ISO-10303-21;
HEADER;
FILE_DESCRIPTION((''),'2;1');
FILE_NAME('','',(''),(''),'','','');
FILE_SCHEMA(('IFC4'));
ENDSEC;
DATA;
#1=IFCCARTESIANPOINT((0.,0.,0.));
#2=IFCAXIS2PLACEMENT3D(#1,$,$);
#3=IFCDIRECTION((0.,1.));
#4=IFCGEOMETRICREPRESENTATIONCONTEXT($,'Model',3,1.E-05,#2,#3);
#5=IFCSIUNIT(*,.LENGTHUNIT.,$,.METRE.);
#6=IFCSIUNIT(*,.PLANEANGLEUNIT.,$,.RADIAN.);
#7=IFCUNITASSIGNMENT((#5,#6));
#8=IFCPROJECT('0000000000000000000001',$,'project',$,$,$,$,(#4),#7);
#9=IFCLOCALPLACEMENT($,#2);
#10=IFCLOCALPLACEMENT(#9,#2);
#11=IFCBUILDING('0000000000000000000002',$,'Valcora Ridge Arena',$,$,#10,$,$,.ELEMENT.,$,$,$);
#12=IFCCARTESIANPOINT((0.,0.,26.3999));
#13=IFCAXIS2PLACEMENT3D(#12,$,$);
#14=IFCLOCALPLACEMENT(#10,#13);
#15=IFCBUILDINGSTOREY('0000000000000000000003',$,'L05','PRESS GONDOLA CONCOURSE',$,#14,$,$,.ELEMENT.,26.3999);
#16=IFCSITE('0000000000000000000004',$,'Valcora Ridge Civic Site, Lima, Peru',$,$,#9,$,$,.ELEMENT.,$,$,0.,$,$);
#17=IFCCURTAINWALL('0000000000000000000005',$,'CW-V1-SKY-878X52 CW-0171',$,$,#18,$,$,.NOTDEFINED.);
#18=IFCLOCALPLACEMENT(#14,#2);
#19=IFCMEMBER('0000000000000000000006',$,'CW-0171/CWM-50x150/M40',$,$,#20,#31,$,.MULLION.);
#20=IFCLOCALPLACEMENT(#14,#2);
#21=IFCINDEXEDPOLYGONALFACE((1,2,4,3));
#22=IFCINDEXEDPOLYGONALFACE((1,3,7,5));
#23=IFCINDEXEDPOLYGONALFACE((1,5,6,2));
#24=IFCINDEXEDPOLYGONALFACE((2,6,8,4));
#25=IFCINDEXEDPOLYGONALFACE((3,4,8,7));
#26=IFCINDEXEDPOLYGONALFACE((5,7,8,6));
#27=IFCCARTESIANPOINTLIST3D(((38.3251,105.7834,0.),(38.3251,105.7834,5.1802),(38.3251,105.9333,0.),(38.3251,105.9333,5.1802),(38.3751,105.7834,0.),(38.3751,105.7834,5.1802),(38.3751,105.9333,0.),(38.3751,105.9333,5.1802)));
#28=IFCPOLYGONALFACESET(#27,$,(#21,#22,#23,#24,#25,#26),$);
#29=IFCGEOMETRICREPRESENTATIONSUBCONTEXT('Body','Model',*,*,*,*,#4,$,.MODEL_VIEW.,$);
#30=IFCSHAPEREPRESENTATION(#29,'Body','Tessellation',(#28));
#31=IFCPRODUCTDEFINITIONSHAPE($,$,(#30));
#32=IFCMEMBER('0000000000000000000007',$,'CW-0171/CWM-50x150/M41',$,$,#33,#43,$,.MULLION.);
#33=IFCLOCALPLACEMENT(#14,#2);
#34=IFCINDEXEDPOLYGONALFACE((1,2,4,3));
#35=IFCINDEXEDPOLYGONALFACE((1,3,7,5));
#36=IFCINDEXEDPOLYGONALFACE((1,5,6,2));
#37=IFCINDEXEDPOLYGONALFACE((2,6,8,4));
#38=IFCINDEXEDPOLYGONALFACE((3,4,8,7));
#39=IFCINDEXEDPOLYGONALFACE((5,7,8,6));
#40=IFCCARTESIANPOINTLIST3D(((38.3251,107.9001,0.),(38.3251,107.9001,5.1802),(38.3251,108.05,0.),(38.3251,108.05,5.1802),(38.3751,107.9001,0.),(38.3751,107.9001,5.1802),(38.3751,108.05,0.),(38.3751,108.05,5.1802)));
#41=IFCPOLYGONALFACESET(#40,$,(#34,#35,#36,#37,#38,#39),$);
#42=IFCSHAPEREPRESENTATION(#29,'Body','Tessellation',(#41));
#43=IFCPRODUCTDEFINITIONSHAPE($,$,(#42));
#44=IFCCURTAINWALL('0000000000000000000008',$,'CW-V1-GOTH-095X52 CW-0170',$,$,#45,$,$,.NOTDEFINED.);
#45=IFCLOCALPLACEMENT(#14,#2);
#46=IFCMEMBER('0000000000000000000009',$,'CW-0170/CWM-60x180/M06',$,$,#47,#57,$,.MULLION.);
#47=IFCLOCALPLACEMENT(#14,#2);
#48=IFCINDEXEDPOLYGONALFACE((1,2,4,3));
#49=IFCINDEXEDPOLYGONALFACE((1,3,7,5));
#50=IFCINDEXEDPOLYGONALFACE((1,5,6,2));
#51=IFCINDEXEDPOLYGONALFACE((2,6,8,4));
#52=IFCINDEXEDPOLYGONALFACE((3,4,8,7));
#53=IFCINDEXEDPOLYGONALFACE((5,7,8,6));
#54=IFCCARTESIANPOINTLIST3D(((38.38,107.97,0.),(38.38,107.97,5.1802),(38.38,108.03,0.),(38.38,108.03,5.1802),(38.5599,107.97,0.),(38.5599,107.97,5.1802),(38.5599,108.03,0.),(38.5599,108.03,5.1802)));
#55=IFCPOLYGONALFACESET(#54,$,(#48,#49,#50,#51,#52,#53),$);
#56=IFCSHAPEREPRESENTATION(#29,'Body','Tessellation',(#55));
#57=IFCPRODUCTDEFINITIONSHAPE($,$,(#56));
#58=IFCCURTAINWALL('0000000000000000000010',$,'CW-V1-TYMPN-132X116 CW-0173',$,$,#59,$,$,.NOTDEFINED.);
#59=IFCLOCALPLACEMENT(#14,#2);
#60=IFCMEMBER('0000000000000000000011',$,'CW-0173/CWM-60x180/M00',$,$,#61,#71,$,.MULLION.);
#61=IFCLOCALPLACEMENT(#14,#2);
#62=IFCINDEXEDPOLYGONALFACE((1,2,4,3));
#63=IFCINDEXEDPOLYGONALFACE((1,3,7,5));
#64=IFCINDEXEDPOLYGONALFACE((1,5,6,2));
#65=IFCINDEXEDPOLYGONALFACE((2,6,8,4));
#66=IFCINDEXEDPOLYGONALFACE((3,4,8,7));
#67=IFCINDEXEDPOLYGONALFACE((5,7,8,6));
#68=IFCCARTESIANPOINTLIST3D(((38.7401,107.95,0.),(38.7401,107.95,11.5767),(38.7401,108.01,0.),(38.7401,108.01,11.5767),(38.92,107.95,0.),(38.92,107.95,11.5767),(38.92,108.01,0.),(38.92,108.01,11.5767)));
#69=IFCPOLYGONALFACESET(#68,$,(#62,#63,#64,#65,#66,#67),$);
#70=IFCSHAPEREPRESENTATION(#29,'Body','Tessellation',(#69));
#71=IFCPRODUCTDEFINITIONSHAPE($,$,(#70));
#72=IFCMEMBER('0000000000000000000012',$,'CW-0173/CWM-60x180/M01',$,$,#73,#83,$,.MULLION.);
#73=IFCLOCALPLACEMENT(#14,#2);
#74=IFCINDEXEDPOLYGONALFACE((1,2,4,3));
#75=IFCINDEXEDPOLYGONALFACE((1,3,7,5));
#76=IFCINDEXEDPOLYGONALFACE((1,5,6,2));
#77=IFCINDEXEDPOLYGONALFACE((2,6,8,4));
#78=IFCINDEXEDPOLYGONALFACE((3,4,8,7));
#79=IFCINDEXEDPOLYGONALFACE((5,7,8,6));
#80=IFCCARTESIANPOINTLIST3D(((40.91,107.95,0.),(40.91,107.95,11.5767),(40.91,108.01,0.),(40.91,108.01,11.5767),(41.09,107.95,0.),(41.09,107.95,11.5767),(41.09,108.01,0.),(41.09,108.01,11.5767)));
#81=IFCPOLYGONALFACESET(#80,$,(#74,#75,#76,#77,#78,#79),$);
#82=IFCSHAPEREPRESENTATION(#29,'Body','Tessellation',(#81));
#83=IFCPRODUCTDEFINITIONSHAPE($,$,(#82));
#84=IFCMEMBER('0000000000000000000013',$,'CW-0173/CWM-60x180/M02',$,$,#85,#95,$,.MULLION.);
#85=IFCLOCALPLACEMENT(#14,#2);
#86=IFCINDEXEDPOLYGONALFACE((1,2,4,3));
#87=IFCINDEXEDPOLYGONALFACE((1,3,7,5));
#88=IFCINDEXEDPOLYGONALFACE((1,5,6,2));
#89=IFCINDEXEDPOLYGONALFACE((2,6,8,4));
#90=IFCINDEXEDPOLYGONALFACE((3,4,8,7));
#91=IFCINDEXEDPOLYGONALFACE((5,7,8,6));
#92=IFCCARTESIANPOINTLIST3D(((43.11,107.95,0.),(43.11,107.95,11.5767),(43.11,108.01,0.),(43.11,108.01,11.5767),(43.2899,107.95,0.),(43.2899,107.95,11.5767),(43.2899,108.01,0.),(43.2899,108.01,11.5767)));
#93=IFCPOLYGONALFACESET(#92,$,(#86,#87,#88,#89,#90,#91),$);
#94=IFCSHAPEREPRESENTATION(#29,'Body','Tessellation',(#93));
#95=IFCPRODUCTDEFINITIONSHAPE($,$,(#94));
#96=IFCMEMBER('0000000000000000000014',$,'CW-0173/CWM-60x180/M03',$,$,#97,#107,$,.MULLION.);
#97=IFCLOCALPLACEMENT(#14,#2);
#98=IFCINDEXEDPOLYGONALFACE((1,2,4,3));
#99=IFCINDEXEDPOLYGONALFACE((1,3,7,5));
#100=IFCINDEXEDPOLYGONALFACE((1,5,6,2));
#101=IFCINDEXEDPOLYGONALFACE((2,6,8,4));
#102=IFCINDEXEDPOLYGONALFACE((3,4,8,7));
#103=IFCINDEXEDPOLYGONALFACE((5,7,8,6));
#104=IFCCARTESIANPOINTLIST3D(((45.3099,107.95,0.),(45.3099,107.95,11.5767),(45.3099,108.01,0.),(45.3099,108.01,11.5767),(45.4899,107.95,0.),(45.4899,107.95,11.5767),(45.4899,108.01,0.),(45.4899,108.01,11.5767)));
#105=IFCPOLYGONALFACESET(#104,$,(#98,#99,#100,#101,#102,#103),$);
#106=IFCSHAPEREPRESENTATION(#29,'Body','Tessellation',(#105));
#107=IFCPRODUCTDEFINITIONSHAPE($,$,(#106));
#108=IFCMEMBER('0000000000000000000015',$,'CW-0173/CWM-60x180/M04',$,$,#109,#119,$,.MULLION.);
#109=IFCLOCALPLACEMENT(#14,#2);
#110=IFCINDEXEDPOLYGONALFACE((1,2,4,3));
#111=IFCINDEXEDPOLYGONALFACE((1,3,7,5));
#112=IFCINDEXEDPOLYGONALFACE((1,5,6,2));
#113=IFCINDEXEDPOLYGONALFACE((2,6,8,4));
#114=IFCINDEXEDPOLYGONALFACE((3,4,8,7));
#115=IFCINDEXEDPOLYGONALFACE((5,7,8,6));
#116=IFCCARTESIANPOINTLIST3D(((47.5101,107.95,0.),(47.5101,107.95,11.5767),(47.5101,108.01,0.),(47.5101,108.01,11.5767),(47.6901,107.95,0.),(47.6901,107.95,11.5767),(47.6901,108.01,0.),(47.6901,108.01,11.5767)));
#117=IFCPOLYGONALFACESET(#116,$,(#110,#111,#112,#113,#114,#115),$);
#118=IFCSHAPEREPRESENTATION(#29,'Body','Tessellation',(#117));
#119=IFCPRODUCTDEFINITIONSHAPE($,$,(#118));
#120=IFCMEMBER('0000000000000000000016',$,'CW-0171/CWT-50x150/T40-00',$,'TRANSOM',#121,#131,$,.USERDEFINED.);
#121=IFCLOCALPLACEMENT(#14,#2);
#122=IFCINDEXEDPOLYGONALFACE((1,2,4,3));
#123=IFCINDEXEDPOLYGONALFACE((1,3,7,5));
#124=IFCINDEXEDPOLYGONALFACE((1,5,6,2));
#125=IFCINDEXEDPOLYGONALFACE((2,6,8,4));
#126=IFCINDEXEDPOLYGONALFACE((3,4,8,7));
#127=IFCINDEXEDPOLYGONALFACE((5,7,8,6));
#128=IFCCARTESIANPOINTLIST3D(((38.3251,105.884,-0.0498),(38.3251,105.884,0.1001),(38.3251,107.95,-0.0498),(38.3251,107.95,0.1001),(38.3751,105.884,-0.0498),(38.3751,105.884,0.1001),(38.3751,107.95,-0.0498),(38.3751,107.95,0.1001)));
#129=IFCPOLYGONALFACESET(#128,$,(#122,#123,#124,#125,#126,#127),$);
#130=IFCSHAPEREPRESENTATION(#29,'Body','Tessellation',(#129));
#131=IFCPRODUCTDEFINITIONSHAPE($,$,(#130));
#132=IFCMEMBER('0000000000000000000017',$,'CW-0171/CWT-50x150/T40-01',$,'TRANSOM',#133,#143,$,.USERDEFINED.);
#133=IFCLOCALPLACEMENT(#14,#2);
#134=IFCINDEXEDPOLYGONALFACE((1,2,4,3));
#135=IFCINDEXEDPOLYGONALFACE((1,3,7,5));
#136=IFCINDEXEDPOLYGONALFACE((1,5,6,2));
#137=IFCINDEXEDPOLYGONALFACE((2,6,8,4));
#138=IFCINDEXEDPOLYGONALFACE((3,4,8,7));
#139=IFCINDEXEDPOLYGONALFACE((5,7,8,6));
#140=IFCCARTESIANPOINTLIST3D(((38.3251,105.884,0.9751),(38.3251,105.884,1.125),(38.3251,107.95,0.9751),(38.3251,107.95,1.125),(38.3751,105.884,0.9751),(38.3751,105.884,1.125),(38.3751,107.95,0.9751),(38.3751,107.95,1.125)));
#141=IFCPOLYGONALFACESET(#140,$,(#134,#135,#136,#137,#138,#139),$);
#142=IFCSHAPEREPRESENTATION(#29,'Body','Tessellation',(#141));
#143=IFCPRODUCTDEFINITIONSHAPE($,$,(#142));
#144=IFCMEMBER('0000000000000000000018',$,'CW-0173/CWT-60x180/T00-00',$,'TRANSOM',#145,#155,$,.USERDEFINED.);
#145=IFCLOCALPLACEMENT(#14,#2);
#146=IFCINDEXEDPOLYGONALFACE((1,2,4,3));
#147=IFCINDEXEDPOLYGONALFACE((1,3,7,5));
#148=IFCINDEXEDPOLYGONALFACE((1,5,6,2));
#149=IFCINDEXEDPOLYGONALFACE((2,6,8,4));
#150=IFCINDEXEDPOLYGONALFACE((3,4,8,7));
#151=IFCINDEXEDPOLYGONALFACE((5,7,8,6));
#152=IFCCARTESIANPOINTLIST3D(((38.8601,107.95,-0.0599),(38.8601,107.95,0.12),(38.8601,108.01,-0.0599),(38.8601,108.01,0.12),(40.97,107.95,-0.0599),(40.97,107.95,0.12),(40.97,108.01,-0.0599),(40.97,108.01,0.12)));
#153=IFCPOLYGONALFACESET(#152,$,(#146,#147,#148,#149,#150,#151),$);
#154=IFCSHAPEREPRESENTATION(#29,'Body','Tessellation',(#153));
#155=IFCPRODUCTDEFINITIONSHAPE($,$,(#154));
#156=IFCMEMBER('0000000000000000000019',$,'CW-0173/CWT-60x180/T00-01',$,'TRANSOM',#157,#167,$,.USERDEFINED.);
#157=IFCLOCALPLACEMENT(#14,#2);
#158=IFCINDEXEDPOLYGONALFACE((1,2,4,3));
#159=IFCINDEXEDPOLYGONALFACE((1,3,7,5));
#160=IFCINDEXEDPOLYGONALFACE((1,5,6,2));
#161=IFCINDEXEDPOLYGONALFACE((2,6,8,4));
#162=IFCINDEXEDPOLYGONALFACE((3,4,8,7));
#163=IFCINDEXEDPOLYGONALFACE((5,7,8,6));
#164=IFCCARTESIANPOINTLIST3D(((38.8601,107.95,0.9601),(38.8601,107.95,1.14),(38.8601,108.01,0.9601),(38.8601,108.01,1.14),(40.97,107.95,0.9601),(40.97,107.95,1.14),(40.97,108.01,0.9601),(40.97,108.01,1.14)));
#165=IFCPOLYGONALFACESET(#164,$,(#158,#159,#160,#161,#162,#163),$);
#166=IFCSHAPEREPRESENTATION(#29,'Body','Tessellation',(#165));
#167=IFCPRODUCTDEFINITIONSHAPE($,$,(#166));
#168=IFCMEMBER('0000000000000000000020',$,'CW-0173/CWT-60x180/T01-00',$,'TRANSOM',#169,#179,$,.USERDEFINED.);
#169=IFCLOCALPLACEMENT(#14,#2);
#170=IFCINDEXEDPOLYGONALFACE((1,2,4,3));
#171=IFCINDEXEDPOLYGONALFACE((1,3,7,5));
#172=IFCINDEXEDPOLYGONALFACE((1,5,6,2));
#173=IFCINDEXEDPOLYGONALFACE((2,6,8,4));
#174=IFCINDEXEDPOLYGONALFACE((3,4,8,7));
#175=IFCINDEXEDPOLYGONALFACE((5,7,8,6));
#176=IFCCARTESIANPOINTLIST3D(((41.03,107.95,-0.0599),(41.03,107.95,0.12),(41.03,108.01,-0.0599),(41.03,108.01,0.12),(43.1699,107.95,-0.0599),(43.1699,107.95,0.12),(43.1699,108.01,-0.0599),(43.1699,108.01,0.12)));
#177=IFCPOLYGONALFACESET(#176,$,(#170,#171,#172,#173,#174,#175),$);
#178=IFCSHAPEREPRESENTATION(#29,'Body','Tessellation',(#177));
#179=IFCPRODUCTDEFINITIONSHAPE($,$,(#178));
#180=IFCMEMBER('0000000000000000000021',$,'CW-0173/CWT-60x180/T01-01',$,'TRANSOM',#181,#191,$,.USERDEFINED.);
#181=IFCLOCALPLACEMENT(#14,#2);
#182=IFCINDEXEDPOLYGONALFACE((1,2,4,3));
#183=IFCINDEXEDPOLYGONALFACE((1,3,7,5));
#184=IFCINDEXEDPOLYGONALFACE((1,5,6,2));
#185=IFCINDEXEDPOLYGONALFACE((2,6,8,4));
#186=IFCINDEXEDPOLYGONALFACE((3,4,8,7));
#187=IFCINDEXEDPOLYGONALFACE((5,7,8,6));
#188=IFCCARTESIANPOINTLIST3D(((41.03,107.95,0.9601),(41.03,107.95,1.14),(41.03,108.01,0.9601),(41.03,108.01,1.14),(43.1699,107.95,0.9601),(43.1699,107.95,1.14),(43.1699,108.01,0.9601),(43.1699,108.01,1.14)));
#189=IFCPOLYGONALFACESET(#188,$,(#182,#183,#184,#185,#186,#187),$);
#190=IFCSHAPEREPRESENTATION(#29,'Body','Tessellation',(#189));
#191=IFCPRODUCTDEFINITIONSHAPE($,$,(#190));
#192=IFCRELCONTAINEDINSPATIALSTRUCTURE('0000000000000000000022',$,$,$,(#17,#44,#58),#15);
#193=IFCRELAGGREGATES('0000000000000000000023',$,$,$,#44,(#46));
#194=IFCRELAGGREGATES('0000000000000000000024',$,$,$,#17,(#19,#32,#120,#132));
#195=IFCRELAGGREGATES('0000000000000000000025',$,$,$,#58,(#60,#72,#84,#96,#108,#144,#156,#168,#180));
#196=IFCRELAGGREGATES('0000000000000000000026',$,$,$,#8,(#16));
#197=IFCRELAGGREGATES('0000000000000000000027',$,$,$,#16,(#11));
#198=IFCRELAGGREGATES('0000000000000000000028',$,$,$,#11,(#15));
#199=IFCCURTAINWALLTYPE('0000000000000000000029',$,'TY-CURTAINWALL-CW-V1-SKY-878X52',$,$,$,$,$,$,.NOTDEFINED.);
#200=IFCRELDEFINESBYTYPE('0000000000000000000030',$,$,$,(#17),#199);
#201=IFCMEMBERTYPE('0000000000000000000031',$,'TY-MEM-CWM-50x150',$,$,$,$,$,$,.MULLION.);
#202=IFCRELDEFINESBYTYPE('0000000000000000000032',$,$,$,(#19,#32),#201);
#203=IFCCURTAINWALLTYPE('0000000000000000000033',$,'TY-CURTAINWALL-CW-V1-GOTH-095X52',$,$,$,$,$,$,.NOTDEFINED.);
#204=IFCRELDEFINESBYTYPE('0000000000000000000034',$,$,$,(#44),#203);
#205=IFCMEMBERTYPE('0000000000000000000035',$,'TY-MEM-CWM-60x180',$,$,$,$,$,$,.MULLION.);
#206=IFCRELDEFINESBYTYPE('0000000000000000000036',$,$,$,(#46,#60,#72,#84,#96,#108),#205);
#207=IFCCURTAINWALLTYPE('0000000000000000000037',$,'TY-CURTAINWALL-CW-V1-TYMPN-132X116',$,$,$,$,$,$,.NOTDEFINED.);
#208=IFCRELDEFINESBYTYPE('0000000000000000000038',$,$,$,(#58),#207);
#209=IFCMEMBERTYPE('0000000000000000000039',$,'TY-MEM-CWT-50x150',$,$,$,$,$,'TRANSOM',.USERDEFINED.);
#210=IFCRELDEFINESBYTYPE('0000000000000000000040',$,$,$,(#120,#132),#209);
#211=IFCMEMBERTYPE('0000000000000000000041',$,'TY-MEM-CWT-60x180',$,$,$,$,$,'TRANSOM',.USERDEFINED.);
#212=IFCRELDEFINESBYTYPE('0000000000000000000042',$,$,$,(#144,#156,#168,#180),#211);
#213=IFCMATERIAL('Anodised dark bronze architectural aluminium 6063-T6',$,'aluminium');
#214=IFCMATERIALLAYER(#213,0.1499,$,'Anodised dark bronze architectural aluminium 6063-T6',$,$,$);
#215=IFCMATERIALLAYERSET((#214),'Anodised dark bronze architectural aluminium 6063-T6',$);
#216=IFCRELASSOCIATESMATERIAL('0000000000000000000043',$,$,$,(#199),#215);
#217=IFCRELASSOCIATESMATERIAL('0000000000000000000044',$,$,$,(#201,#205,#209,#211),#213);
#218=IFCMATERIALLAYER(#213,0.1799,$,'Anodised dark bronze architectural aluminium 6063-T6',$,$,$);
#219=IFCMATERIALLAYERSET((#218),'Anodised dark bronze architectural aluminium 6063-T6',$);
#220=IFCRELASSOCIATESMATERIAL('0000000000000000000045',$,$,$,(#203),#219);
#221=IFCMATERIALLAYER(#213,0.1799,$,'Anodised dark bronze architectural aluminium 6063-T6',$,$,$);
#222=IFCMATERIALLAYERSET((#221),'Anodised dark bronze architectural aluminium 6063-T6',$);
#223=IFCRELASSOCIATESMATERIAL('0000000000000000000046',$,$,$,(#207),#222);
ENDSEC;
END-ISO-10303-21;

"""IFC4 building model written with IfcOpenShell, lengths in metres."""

from ifc_helpers import new_model, si_unit, direction, frame, origin, origin_2d, place, context, subcontext, project, spatial, rectangle, extrude, material, layer, layer_set, material_profile, profile_set, type_object, element, aggregate, save


model = new_model("IFC4")

# Units and contexts
model_context = context("Model", 3, precision=1e-05, world=origin(), true_north=direction((0.0, 1.0)))
body_context = subcontext(model_context, "Body", "Model", "MODEL_VIEW")
ifc_project = project(units=[si_unit("LENGTHUNIT", "METRE"), si_unit("PLANEANGLEUNIT", "RADIAN")], contexts=[model_context])

# Site, building, storey
site_placement = place(None, origin())
site = spatial("IfcSite", under=ifc_project, at=site_placement, Name="Valcora Ridge Civic Site, Lima, Peru", CompositionType="ELEMENT", RefElevation=0.0)
building_placement = place(site_placement, origin())
building = spatial("IfcBuilding", under=site, at=building_placement, Name="Valcora Ridge Arena", CompositionType="ELEMENT")
storey_placement = place(building_placement, frame((0.0, 0.0, 26.3999)))
storey = spatial("IfcBuildingStorey", under=building, at=storey_placement, Name="L05", Description="PRESS GONDOLA CONCOURSE", CompositionType="ELEMENT", Elevation=26.3999)

# Curtain wall, members
ifc_material_1 = material(Name="Anodised dark bronze architectural aluminium 6063-T6", Category="aluminium")
ifc_layer_1 = layer(ifc_material_1, 0.1499, Name="Anodised dark bronze architectural aluminium 6063-T6")
ifc_layer_set_1 = layer_set([ifc_layer_1], Name="Anodised dark bronze architectural aluminium 6063-T6")
curtain_wall_type_1 = type_object("IfcCurtainWallType", Name="TY-CURTAINWALL-CW-V1-SKY-878X52", PredefinedType="NOTDEFINED", material=ifc_layer_set_1)
curtain_wall_1_placement = place(storey_placement, origin())
curtain_wall_1 = element("IfcCurtainWall", 1, at=curtain_wall_1_placement, inside=storey, type_object=curtain_wall_type_1, Name="CW-V1-SKY-878X52 CW-0171", PredefinedType="NOTDEFINED")
ifc_material_profile_1 = material_profile(ifc_material_1, rectangle(XDim=0.05, YDim=0.1499, at=origin_2d()), Name="ALU MULLION 50x150")
ifc_profile_set_1 = profile_set([ifc_material_profile_1], Name="Anodised dark bronze architectural aluminium 6063-T6")
member_type_1 = type_object("IfcMemberType", Name="TY-MEM-CWM-50x150", PredefinedType="MULLION", material=ifc_profile_set_1)
member_1_placement = place(storey_placement, frame((38.3501, 105.8584, 0.0), z_axis=(0.0, 0.0, 1.0), x_axis=(-1.0, 0.0, 0.0)))
member_1 = element("IfcMember", 2, at=member_1_placement, type_object=member_type_1, Name="CW-0171/CWM-50x150/M40", PredefinedType="MULLION", context=body_context, shape_type="SweptSolid", body=[
    extrude(rectangle(XDim=0.05, YDim=0.1499, at=origin_2d()), origin(), (0.0, 0.0, 1.0), 5.1802),
])
member_2_placement = place(storey_placement, frame((38.3501, 107.9751, 0.0), z_axis=(0.0, 0.0, 1.0), x_axis=(-1.0, 0.0, 0.0)))
member_2 = element("IfcMember", 3, at=member_2_placement, type_object=member_type_1, Name="CW-0171/CWM-50x150/M41", PredefinedType="MULLION", context=body_context, shape_type="SweptSolid", body=[
    extrude(rectangle(XDim=0.05, YDim=0.1499, at=origin_2d()), origin(), (0.0, 0.0, 1.0), 5.1802),
])

# Curtain wall, member
ifc_layer_2 = layer(ifc_material_1, 0.1799, Name="Anodised dark bronze architectural aluminium 6063-T6")
ifc_layer_set_2 = layer_set([ifc_layer_2], Name="Anodised dark bronze architectural aluminium 6063-T6")
curtain_wall_type_2 = type_object("IfcCurtainWallType", Name="TY-CURTAINWALL-CW-V1-GOTH-095X52", PredefinedType="NOTDEFINED", material=ifc_layer_set_2)
curtain_wall_2_placement = place(storey_placement, origin())
curtain_wall_2 = element("IfcCurtainWall", 4, at=curtain_wall_2_placement, inside=storey, type_object=curtain_wall_type_2, Name="CW-V1-GOTH-095X52 CW-0170", PredefinedType="NOTDEFINED")
ifc_material_profile_2 = material_profile(ifc_material_1, rectangle(XDim=0.0601, YDim=0.1799, at=origin_2d()), Name="ALU MULLION 60x180")
ifc_profile_set_2 = profile_set([ifc_material_profile_2], Name="Anodised dark bronze architectural aluminium 6063-T6")
member_type_2 = type_object("IfcMemberType", Name="TY-MEM-CWM-60x180", PredefinedType="MULLION", material=ifc_profile_set_2)
member_3_placement = place(storey_placement, frame((38.47, 108.0, 0.0), z_axis=(0.0, 0.0, 1.0), x_axis=(0.0, 1.0, 0.0)))
member_3 = element("IfcMember", 5, at=member_3_placement, type_object=member_type_2, Name="CW-0170/CWM-60x180/M06", PredefinedType="MULLION", context=body_context, shape_type="SweptSolid", body=[
    extrude(rectangle(XDim=0.0601, YDim=0.1799, at=origin_2d()), origin(), (0.0, 0.0, 1.0), 5.1802),
])
aggregate(curtain_wall_2, [member_3])

# Curtain wall, members
ifc_layer_3 = layer(ifc_material_1, 0.1799, Name="Anodised dark bronze architectural aluminium 6063-T6")
ifc_layer_set_3 = layer_set([ifc_layer_3], Name="Anodised dark bronze architectural aluminium 6063-T6")
curtain_wall_type_3 = type_object("IfcCurtainWallType", Name="TY-CURTAINWALL-CW-V1-TYMPN-132X116", PredefinedType="NOTDEFINED", material=ifc_layer_set_3)
curtain_wall_3_placement = place(storey_placement, origin())
curtain_wall_3 = element("IfcCurtainWall", 6, at=curtain_wall_3_placement, inside=storey, type_object=curtain_wall_type_3, Name="CW-V1-TYMPN-132X116 CW-0173", PredefinedType="NOTDEFINED")
member_4_placement = place(storey_placement, frame((38.8301, 107.98, 0.0), z_axis=(0.0, 0.0, 1.0), x_axis=(0.0, 1.0, 0.0)))
member_4 = element("IfcMember", 7, at=member_4_placement, type_object=member_type_2, Name="CW-0173/CWM-60x180/M00", PredefinedType="MULLION", context=body_context, shape_type="SweptSolid", body=[
    extrude(rectangle(XDim=0.0601, YDim=0.1799, at=origin_2d()), origin(), (0.0, 0.0, 1.0), 11.5767),
])
member_5_placement = place(storey_placement, frame((41.0, 107.98, 0.0), z_axis=(0.0, 0.0, 1.0), x_axis=(0.0, 1.0, 0.0)))
member_5 = element("IfcMember", 8, at=member_5_placement, type_object=member_type_2, Name="CW-0173/CWM-60x180/M01", PredefinedType="MULLION", context=body_context, shape_type="SweptSolid", body=[
    extrude(rectangle(XDim=0.0601, YDim=0.1799, at=origin_2d()), origin(), (0.0, 0.0, 1.0), 11.5767),
])
member_6_placement = place(storey_placement, frame((43.2, 107.98, 0.0), z_axis=(0.0, 0.0, 1.0), x_axis=(0.0, 1.0, 0.0)))
member_6 = element("IfcMember", 9, at=member_6_placement, type_object=member_type_2, Name="CW-0173/CWM-60x180/M02", PredefinedType="MULLION", context=body_context, shape_type="SweptSolid", body=[
    extrude(rectangle(XDim=0.0601, YDim=0.1799, at=origin_2d()), origin(), (0.0, 0.0, 1.0), 11.5767),
])
member_7_placement = place(storey_placement, frame((45.3999, 107.98, 0.0), z_axis=(0.0, 0.0, 1.0), x_axis=(0.0, 1.0, 0.0)))
member_7 = element("IfcMember", 10, at=member_7_placement, type_object=member_type_2, Name="CW-0173/CWM-60x180/M03", PredefinedType="MULLION", context=body_context, shape_type="SweptSolid", body=[
    extrude(rectangle(XDim=0.0601, YDim=0.1799, at=origin_2d()), origin(), (0.0, 0.0, 1.0), 11.5767),
])
member_8_placement = place(storey_placement, frame((47.6001, 107.98, 0.0), z_axis=(0.0, 0.0, 1.0), x_axis=(0.0, 1.0, 0.0)))
member_8 = element("IfcMember", 11, at=member_8_placement, type_object=member_type_2, Name="CW-0173/CWM-60x180/M04", PredefinedType="MULLION", context=body_context, shape_type="SweptSolid", body=[
    extrude(rectangle(XDim=0.0601, YDim=0.1799, at=origin_2d()), origin(), (0.0, 0.0, 1.0), 11.5767),
])

# Members
ifc_material_profile_3 = material_profile(ifc_material_1, rectangle(XDim=0.05, YDim=0.1499, at=origin_2d()), Name="ALU TRANSOM 50x150")
ifc_profile_set_3 = profile_set([ifc_material_profile_3], Name="Anodised dark bronze architectural aluminium 6063-T6")
member_type_3 = type_object("IfcMemberType", Name="TY-MEM-CWT-50x150", ElementType="TRANSOM", PredefinedType="USERDEFINED", material=ifc_profile_set_3)
member_9_placement = place(storey_placement, frame((38.3501, 105.884, 0.0251), z_axis=(0.0, 1.0, 0.0), x_axis=(-1.0, 0.0, 0.0)))
member_9 = element("IfcMember", 12, at=member_9_placement, type_object=member_type_3, Name="CW-0171/CWT-50x150/T40-00", ObjectType="TRANSOM", PredefinedType="USERDEFINED", context=body_context, shape_type="SweptSolid", body=[
    extrude(rectangle(XDim=0.05, YDim=0.1499, at=origin_2d()), origin(), (0.0, 0.0, 1.0), 2.0659),
])
member_10_placement = place(storey_placement, frame((38.3501, 105.884, 1.05), z_axis=(0.0, 1.0, 0.0), x_axis=(-1.0, 0.0, 0.0)))
member_10 = element("IfcMember", 13, at=member_10_placement, type_object=member_type_3, Name="CW-0171/CWT-50x150/T40-01", ObjectType="TRANSOM", PredefinedType="USERDEFINED", context=body_context, shape_type="SweptSolid", body=[
    extrude(rectangle(XDim=0.05, YDim=0.1499, at=origin_2d()), origin(), (0.0, 0.0, 1.0), 2.0659),
])
ifc_material_profile_4 = material_profile(ifc_material_1, rectangle(XDim=0.0601, YDim=0.1799, at=origin_2d()), Name="ALU TRANSOM 60x180")
ifc_profile_set_4 = profile_set([ifc_material_profile_4], Name="Anodised dark bronze architectural aluminium 6063-T6")
member_type_4 = type_object("IfcMemberType", Name="TY-MEM-CWT-60x180", ElementType="TRANSOM", PredefinedType="USERDEFINED", material=ifc_profile_set_4)
member_11_placement = place(storey_placement, frame((38.8601, 107.98, 0.03), z_axis=(1.0, 0.0, 0.0), x_axis=(0.0, 1.0, 0.0)))
member_11 = element("IfcMember", 14, at=member_11_placement, type_object=member_type_4, Name="CW-0173/CWT-60x180/T00-00", ObjectType="TRANSOM", PredefinedType="USERDEFINED", context=body_context, shape_type="SweptSolid", body=[
    extrude(rectangle(XDim=0.0601, YDim=0.1799, at=origin_2d()), origin(), (0.0, 0.0, 1.0), 2.1099),
])
member_12_placement = place(storey_placement, frame((38.8601, 107.98, 1.05), z_axis=(1.0, 0.0, 0.0), x_axis=(0.0, 1.0, 0.0)))
member_12 = element("IfcMember", 15, at=member_12_placement, type_object=member_type_4, Name="CW-0173/CWT-60x180/T00-01", ObjectType="TRANSOM", PredefinedType="USERDEFINED", context=body_context, shape_type="SweptSolid", body=[
    extrude(rectangle(XDim=0.0601, YDim=0.1799, at=origin_2d()), origin(), (0.0, 0.0, 1.0), 2.1099),
])
member_13_placement = place(storey_placement, frame((41.03, 107.98, 0.03), z_axis=(1.0, 0.0, 0.0), x_axis=(0.0, 1.0, 0.0)))
member_13 = element("IfcMember", 16, at=member_13_placement, type_object=member_type_4, Name="CW-0173/CWT-60x180/T01-00", ObjectType="TRANSOM", PredefinedType="USERDEFINED", context=body_context, shape_type="SweptSolid", body=[
    extrude(rectangle(XDim=0.0601, YDim=0.1799, at=origin_2d()), origin(), (0.0, 0.0, 1.0), 2.1399),
])
member_14_placement = place(storey_placement, frame((41.03, 107.98, 1.05), z_axis=(1.0, 0.0, 0.0), x_axis=(0.0, 1.0, 0.0)))
member_14 = element("IfcMember", 17, at=member_14_placement, type_object=member_type_4, Name="CW-0173/CWT-60x180/T01-01", ObjectType="TRANSOM", PredefinedType="USERDEFINED", context=body_context, shape_type="SweptSolid", body=[
    extrude(rectangle(XDim=0.0601, YDim=0.1799, at=origin_2d()), origin(), (0.0, 0.0, 1.0), 2.1399),
])

aggregate(curtain_wall_1, [member_1, member_2, member_9, member_10])
aggregate(curtain_wall_3, [member_4, member_5, member_6, member_7, member_8, member_11, member_12, member_13, member_14])

save(model, "model.ifc")
